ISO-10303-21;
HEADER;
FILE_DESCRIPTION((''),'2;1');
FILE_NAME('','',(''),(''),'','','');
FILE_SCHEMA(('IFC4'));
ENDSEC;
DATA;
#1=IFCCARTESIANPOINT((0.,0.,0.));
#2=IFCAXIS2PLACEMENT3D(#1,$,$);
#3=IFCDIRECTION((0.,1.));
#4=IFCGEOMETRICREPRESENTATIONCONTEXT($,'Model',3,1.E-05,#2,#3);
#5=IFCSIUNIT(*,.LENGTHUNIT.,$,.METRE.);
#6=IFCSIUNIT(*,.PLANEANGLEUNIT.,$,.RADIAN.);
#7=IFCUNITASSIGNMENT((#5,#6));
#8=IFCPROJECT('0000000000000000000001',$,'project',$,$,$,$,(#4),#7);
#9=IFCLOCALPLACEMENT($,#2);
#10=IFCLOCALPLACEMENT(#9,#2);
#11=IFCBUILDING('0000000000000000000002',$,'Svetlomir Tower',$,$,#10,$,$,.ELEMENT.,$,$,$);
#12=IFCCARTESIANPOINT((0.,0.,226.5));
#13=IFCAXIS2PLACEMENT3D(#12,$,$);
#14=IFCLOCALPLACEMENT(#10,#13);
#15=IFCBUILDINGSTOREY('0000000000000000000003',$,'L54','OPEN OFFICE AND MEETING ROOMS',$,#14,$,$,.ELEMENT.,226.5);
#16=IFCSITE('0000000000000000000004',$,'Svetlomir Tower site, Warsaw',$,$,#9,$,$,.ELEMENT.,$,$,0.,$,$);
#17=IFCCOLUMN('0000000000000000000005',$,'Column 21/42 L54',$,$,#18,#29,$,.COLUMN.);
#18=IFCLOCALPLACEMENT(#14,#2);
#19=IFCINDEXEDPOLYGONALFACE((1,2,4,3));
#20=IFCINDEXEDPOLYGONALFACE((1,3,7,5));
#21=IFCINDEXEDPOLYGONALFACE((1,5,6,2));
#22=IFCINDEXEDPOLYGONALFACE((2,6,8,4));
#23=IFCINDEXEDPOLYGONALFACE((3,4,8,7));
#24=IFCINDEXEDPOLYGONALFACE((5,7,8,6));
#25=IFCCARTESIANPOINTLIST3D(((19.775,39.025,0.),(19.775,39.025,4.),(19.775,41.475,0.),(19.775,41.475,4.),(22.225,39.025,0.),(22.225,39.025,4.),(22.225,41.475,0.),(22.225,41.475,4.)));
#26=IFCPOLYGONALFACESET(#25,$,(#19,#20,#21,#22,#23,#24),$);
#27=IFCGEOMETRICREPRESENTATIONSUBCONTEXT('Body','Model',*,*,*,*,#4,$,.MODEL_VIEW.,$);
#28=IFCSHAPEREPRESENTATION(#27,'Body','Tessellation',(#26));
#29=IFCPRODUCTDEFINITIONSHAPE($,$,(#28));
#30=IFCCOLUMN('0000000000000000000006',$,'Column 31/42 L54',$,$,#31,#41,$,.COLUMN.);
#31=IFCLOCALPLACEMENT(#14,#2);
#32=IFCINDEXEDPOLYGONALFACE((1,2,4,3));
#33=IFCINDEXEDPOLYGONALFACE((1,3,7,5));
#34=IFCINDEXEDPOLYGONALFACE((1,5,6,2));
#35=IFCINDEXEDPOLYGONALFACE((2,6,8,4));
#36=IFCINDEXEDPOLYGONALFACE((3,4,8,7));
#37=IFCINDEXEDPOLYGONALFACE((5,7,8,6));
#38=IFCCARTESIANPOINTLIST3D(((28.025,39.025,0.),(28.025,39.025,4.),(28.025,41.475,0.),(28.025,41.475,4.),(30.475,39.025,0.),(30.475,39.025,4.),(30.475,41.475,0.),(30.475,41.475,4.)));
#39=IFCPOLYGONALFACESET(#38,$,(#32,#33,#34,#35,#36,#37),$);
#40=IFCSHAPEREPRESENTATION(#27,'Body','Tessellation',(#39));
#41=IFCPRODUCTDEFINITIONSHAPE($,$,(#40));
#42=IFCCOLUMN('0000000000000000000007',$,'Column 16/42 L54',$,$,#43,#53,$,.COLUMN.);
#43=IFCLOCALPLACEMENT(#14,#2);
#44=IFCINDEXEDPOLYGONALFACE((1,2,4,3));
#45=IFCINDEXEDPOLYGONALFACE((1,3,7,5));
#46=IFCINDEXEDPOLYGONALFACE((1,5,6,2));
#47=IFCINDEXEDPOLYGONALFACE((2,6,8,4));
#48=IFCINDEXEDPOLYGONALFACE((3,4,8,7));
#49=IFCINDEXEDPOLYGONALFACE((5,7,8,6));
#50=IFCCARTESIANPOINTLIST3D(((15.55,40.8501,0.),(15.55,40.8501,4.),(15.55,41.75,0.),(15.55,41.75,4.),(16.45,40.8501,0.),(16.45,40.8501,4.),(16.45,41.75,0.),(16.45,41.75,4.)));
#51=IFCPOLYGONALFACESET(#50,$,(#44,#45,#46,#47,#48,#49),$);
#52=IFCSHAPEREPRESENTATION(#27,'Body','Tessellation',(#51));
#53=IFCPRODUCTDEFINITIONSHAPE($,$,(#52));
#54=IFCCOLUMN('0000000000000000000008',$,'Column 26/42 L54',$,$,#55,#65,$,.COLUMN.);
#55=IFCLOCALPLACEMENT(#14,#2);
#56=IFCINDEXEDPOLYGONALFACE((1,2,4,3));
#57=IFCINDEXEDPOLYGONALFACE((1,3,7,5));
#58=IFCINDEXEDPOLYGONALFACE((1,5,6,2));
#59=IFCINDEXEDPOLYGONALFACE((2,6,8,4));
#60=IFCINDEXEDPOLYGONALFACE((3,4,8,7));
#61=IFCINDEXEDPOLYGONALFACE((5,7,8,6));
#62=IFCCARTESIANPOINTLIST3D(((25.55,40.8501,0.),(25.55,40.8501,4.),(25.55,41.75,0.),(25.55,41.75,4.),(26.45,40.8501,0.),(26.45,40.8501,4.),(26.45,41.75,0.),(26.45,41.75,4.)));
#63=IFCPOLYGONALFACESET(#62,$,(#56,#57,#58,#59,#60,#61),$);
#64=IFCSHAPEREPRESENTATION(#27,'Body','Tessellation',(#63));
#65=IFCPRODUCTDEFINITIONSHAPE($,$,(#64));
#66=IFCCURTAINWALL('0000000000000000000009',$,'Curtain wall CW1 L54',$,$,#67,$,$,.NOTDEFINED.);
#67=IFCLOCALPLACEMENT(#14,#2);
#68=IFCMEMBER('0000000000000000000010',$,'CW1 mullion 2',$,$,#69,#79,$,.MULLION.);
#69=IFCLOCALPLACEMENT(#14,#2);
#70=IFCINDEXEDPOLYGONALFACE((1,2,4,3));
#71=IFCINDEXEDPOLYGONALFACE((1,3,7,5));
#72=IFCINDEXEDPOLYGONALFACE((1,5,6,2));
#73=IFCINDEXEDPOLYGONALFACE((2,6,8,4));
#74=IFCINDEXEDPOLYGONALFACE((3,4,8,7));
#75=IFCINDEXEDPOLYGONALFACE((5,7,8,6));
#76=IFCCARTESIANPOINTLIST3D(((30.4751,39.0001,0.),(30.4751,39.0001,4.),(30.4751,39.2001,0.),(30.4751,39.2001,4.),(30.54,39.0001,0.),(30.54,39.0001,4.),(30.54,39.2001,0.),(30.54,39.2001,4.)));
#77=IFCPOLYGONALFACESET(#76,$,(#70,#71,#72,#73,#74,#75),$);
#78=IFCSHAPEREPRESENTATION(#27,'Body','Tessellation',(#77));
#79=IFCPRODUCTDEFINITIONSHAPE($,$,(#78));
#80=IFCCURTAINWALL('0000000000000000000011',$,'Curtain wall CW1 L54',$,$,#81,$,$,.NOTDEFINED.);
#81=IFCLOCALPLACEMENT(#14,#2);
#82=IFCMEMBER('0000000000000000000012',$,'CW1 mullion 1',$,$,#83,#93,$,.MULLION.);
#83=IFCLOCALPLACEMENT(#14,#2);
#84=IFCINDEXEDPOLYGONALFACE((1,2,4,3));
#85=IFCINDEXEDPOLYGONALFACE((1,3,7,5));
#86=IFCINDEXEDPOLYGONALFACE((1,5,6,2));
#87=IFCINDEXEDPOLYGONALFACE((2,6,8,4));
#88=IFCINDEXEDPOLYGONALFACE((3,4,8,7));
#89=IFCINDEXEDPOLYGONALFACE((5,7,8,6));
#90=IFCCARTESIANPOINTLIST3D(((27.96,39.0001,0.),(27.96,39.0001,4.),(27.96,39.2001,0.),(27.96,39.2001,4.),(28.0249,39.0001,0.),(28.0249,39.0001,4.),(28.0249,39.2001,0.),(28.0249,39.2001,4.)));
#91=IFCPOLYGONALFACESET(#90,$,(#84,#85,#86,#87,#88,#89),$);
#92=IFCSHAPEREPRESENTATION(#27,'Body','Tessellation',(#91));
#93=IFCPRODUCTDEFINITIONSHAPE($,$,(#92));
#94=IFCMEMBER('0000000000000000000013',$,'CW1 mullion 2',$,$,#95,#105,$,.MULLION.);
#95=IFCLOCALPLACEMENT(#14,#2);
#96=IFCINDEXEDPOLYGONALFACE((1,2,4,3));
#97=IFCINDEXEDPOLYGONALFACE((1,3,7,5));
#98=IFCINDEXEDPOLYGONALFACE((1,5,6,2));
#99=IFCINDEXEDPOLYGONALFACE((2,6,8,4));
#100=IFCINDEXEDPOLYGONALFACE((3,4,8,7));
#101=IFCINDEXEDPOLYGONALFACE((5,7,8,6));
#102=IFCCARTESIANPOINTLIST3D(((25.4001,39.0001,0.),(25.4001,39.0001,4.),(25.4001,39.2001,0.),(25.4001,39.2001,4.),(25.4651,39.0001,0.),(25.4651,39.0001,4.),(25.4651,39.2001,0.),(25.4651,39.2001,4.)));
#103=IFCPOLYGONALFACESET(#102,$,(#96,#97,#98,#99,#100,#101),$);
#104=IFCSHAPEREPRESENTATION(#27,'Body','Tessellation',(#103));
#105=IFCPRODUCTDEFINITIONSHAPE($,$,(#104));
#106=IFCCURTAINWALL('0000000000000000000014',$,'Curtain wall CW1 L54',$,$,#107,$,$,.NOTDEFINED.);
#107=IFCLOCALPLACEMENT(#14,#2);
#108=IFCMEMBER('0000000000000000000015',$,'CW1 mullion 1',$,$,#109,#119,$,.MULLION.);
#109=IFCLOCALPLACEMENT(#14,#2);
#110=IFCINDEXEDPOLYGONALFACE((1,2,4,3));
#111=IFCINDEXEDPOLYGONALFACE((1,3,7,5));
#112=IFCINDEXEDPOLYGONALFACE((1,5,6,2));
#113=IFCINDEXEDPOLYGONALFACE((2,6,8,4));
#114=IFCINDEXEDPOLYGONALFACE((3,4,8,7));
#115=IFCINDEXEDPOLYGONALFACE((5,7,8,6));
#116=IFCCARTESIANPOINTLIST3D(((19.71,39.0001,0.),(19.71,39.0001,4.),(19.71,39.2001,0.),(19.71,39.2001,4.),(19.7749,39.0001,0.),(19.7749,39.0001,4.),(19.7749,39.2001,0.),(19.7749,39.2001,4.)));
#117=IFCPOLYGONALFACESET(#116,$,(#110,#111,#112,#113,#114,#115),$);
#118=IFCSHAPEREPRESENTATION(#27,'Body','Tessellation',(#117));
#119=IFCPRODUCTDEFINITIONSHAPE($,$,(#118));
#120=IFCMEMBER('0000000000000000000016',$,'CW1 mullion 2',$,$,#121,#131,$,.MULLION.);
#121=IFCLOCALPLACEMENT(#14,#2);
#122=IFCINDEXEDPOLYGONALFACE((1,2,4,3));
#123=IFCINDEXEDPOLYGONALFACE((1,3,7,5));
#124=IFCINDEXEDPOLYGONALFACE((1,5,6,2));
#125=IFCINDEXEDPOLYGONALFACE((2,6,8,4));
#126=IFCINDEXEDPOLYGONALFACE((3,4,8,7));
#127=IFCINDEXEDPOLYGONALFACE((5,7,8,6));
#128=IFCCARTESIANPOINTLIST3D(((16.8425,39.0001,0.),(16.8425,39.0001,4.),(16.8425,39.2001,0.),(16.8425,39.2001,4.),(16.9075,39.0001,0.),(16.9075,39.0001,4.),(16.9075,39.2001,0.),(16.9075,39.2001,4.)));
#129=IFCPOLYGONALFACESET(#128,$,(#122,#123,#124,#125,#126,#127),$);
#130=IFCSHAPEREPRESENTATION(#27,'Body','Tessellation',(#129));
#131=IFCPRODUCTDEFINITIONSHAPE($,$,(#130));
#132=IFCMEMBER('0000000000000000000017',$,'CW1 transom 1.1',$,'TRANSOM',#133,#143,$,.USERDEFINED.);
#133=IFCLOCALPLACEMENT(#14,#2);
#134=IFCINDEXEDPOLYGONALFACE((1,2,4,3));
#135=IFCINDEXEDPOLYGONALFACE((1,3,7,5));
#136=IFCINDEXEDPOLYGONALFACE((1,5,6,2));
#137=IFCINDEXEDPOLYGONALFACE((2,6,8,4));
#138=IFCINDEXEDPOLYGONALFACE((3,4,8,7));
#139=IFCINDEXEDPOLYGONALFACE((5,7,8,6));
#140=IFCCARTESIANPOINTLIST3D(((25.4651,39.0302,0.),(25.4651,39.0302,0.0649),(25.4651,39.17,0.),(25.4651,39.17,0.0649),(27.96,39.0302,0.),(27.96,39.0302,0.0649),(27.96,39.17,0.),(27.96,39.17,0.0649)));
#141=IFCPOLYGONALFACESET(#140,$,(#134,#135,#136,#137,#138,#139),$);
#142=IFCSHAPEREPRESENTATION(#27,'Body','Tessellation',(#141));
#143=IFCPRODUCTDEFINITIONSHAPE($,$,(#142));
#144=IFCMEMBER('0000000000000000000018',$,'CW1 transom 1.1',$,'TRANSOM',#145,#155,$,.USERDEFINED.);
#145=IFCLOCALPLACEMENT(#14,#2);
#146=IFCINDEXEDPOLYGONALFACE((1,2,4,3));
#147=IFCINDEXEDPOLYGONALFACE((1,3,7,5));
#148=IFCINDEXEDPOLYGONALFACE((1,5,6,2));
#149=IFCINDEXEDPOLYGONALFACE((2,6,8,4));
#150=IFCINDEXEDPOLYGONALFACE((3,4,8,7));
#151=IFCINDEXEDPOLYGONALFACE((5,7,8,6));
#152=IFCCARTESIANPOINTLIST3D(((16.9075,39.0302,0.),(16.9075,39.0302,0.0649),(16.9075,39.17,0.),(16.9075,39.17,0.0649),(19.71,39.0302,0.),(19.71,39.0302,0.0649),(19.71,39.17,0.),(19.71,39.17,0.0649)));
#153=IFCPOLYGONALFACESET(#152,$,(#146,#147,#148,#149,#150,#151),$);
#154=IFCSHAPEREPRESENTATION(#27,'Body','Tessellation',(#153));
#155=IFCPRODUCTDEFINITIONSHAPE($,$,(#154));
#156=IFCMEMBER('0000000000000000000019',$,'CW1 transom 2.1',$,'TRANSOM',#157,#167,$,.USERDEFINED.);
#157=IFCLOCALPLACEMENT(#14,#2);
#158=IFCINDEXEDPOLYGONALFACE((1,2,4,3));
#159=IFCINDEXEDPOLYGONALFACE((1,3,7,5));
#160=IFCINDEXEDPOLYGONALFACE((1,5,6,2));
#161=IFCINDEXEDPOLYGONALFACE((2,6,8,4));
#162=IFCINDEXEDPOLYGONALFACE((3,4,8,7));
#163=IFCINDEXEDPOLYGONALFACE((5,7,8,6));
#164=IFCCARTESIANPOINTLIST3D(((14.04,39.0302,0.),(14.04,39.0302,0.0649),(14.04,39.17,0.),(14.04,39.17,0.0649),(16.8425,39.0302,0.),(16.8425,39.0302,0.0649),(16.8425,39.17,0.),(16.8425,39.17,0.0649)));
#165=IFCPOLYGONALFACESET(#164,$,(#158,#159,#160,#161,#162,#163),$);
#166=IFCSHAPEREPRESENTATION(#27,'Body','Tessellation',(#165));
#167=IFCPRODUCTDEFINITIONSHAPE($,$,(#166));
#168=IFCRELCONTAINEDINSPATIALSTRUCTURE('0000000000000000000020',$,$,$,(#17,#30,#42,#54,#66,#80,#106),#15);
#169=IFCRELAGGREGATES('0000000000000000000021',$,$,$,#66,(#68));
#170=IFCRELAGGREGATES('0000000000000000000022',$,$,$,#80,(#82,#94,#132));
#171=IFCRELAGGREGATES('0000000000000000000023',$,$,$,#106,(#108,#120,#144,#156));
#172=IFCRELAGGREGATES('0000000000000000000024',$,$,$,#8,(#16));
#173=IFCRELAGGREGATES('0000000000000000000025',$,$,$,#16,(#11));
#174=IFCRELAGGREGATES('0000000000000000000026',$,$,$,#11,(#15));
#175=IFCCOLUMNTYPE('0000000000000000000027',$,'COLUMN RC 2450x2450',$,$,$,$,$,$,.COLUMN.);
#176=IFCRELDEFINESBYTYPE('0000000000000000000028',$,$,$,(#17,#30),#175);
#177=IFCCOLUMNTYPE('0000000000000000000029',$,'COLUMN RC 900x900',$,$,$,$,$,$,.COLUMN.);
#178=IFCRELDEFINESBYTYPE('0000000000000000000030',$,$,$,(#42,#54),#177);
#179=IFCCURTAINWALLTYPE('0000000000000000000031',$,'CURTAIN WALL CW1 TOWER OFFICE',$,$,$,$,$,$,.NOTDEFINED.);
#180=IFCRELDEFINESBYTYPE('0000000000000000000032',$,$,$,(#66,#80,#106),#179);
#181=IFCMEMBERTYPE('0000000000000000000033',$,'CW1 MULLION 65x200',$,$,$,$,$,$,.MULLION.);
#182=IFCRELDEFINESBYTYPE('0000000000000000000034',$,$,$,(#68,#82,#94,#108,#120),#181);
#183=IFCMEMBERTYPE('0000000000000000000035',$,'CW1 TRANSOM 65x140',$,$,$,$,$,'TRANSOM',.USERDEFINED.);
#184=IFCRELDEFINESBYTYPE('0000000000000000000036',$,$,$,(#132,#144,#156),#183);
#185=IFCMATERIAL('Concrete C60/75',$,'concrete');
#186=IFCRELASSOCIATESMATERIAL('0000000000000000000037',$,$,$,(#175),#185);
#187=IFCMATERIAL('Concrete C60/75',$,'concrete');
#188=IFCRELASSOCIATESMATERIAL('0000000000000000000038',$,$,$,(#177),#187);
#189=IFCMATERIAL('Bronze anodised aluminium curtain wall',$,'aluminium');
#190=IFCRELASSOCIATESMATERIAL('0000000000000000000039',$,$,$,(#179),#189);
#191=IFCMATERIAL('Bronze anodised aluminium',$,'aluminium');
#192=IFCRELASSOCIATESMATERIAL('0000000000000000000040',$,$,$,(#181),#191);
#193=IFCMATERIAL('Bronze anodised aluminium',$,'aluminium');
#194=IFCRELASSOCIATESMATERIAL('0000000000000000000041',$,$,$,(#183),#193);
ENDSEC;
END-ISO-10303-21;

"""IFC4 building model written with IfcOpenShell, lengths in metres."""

from ifc_helpers import new_model, si_unit, direction, frame, origin, origin_2d, place, context, subcontext, project, spatial, rectangle, extrude, material, material_profile, profile_set, type_object, element, aggregate, save


model = new_model("IFC4")

# Units and contexts
model_context = context("Model", 3, precision=1e-05, world=origin(), true_north=direction((0.0, 1.0)))
body_context = subcontext(model_context, "Body", "Model", "MODEL_VIEW")
ifc_project = project(units=[si_unit("LENGTHUNIT", "METRE"), si_unit("PLANEANGLEUNIT", "RADIAN")], contexts=[model_context])

# Site, building, storey
site_placement = place(None, origin())
site = spatial("IfcSite", under=ifc_project, at=site_placement, Name="Svetlomir Tower site, Warsaw", CompositionType="ELEMENT", RefElevation=0.0)
building_placement = place(site_placement, origin())
building = spatial("IfcBuilding", under=site, at=building_placement, Name="Svetlomir Tower", CompositionType="ELEMENT")
storey_placement = place(building_placement, frame((0.0, 0.0, 226.5)))
storey = spatial("IfcBuildingStorey", under=building, at=storey_placement, Name="L54", Description="OPEN OFFICE AND MEETING ROOMS", CompositionType="ELEMENT", Elevation=226.5)

# Columns
ifc_material_1 = material(Name="Concrete C60/75", Category="concrete")
ifc_material_profile_1 = material_profile(ifc_material_1, rectangle(XDim=2.45, YDim=2.45, at=origin_2d()), Name="RC 2450x2450")
ifc_profile_set_1 = profile_set([ifc_material_profile_1], Name="Concrete C60/75")
column_type_1 = type_object("IfcColumnType", Name="COLUMN RC 2450x2450", PredefinedType="COLUMN", material=ifc_profile_set_1)
for number, where, z_axis, x_axis, name in (
    (1, (21.0, 40.25, 0.0), (0.0, 0.0, 1.0), (1.0, 0.0, 0.0), "Column 21/42 L54"),
    (2, (29.25, 40.25, 0.0), (0.0, 0.0, 1.0), (1.0, 0.0, 0.0), "Column 31/42 L54"),
):
    element("IfcColumn", number, at=place(storey_placement, frame(where, z_axis=z_axis, x_axis=x_axis)), inside=storey, type_object=column_type_1, Name=name, PredefinedType="COLUMN", context=body_context, shape_type="SweptSolid", body=[
        extrude(rectangle(XDim=2.45, YDim=2.45, at=origin_2d()), origin(), (0.0, 0.0, 1.0), 4.0),
    ])
ifc_material_2 = material(Name="Concrete C60/75", Category="concrete")
ifc_material_profile_2 = material_profile(ifc_material_2, rectangle(XDim=0.8999, YDim=0.8999, at=origin_2d()), Name="RC 900x900")
ifc_profile_set_2 = profile_set([ifc_material_profile_2], Name="Concrete C60/75")
column_type_2 = type_object("IfcColumnType", Name="COLUMN RC 900x900", PredefinedType="COLUMN", material=ifc_profile_set_2)
for number, where, z_axis, x_axis, name in (
    (3, (16.0, 41.3, 0.0), (0.0, 0.0, 1.0), (1.0, 0.0, 0.0), "Column 16/42 L54"),
    (4, (26.0, 41.3, 0.0), (0.0, 0.0, 1.0), (1.0, 0.0, 0.0), "Column 26/42 L54"),
):
    element("IfcColumn", number, at=place(storey_placement, frame(where, z_axis=z_axis, x_axis=x_axis)), inside=storey, type_object=column_type_2, Name=name, PredefinedType="COLUMN", context=body_context, shape_type="SweptSolid", body=[
        extrude(rectangle(XDim=0.8999, YDim=0.8999, at=origin_2d()), origin(), (0.0, 0.0, 1.0), 4.0),
    ])

# Curtain wall, member
ifc_material_3 = material(Name="Bronze anodised aluminium curtain wall", Category="aluminium")
curtain_wall_type = type_object("IfcCurtainWallType", Name="CURTAIN WALL CW1 TOWER OFFICE", PredefinedType="NOTDEFINED", material=ifc_material_3)
curtain_wall_1_placement = place(storey_placement, origin())
curtain_wall_1 = element("IfcCurtainWall", 5, at=curtain_wall_1_placement, inside=storey, type_object=curtain_wall_type, Name="Curtain wall CW1 L54", PredefinedType="NOTDEFINED")
ifc_material_4 = material(Name="Bronze anodised aluminium", Category="aluminium")
ifc_material_profile_3 = material_profile(ifc_material_4, rectangle(XDim=0.0649, YDim=0.2, at=origin_2d()), Name="AL 65x200")
ifc_profile_set_3 = profile_set([ifc_material_profile_3], Name="Bronze anodised aluminium 6063-T6")
member_type_1 = type_object("IfcMemberType", Name="CW1 MULLION 65x200", PredefinedType="MULLION", material=ifc_profile_set_3)
member_1_placement = place(storey_placement, frame((30.5076, 39.1001, 0.0), z_axis=(0.0, 0.0, 1.0), x_axis=(-1.0, 0.0, 0.0)))
member_1 = element("IfcMember", 6, at=member_1_placement, type_object=member_type_1, Name="CW1 mullion 2", PredefinedType="MULLION", context=body_context, shape_type="SweptSolid", body=[
    extrude(rectangle(XDim=0.0649, YDim=0.2, at=origin_2d()), origin(), (0.0, 0.0, 1.0), 4.0),
])

# Curtain walls, members
curtain_wall_2_placement = place(storey_placement, origin())
curtain_wall_2 = element("IfcCurtainWall", 7, at=curtain_wall_2_placement, inside=storey, type_object=curtain_wall_type, Name="Curtain wall CW1 L54", PredefinedType="NOTDEFINED")
member_2_placement = place(storey_placement, frame((27.9924, 39.1001, 0.0), z_axis=(0.0, 0.0, 1.0), x_axis=(-1.0, 0.0, 0.0)))
member_2 = element("IfcMember", 8, at=member_2_placement, type_object=member_type_1, Name="CW1 mullion 1", PredefinedType="MULLION", context=body_context, shape_type="SweptSolid", body=[
    extrude(rectangle(XDim=0.0649, YDim=0.2, at=origin_2d()), origin(), (0.0, 0.0, 1.0), 4.0),
])
member_3_placement = place(storey_placement, frame((25.4326, 39.1001, 0.0), z_axis=(0.0, 0.0, 1.0), x_axis=(-1.0, 0.0, 0.0)))
member_3 = element("IfcMember", 9, at=member_3_placement, type_object=member_type_1, Name="CW1 mullion 2", PredefinedType="MULLION", context=body_context, shape_type="SweptSolid", body=[
    extrude(rectangle(XDim=0.0649, YDim=0.2, at=origin_2d()), origin(), (0.0, 0.0, 1.0), 4.0),
])
curtain_wall_3_placement = place(storey_placement, origin())
curtain_wall_3 = element("IfcCurtainWall", 10, at=curtain_wall_3_placement, inside=storey, type_object=curtain_wall_type, Name="Curtain wall CW1 L54", PredefinedType="NOTDEFINED")
member_4_placement = place(storey_placement, frame((19.7424, 39.1001, 0.0), z_axis=(0.0, 0.0, 1.0), x_axis=(-1.0, 0.0, 0.0)))
member_4 = element("IfcMember", 11, at=member_4_placement, type_object=member_type_1, Name="CW1 mullion 1", PredefinedType="MULLION", context=body_context, shape_type="SweptSolid", body=[
    extrude(rectangle(XDim=0.0649, YDim=0.2, at=origin_2d()), origin(), (0.0, 0.0, 1.0), 4.0),
])
member_5_placement = place(storey_placement, frame((16.875, 39.1001, 0.0), z_axis=(0.0, 0.0, 1.0), x_axis=(-1.0, 0.0, 0.0)))
member_5 = element("IfcMember", 12, at=member_5_placement, type_object=member_type_1, Name="CW1 mullion 2", PredefinedType="MULLION", context=body_context, shape_type="SweptSolid", body=[
    extrude(rectangle(XDim=0.0649, YDim=0.2, at=origin_2d()), origin(), (0.0, 0.0, 1.0), 4.0),
])

# Members
ifc_material_5 = material(Name="Bronze anodised aluminium", Category="aluminium")
ifc_material_profile_4 = material_profile(ifc_material_5, rectangle(XDim=0.1399, YDim=0.0649, at=origin_2d()), Name="AL 140x65")
ifc_profile_set_4 = profile_set([ifc_material_profile_4], Name="Bronze anodised aluminium 6063-T6")
member_type_2 = type_object("IfcMemberType", Name="CW1 TRANSOM 65x140", ElementType="TRANSOM", PredefinedType="USERDEFINED", material=ifc_profile_set_4)
member_6_placement = place(storey_placement, frame((27.96, 39.1001, 0.0325), z_axis=(-1.0, 0.0, 0.0), x_axis=(0.0, -1.0, 0.0)))
member_6 = element("IfcMember", 13, at=member_6_placement, type_object=member_type_2, Name="CW1 transom 1.1", ObjectType="TRANSOM", PredefinedType="USERDEFINED", context=body_context, shape_type="SweptSolid", body=[
    extrude(rectangle(XDim=0.1399, YDim=0.0649, at=origin_2d()), origin(), (0.0, 0.0, 1.0), 2.4949),
])
member_7_placement = place(storey_placement, frame((19.71, 39.1001, 0.0325), z_axis=(-1.0, 0.0, 0.0), x_axis=(0.0, -1.0, 0.0)))
member_7 = element("IfcMember", 14, at=member_7_placement, type_object=member_type_2, Name="CW1 transom 1.1", ObjectType="TRANSOM", PredefinedType="USERDEFINED", context=body_context, shape_type="SweptSolid", body=[
    extrude(rectangle(XDim=0.1399, YDim=0.0649, at=origin_2d()), origin(), (0.0, 0.0, 1.0), 2.8025),
])
member_8_placement = place(storey_placement, frame((16.8425, 39.1001, 0.0325), z_axis=(-1.0, 0.0, 0.0), x_axis=(0.0, -1.0, 0.0)))
member_8 = element("IfcMember", 15, at=member_8_placement, type_object=member_type_2, Name="CW1 transom 2.1", ObjectType="TRANSOM", PredefinedType="USERDEFINED", context=body_context, shape_type="SweptSolid", body=[
    extrude(rectangle(XDim=0.1399, YDim=0.0649, at=origin_2d()), origin(), (0.0, 0.0, 1.0), 2.8025),
])

aggregate(curtain_wall_1, [member_1])
aggregate(curtain_wall_2, [member_2, member_3, member_6])
aggregate(curtain_wall_3, [member_4, member_5, member_7, member_8])

save(model, "model.ifc")
